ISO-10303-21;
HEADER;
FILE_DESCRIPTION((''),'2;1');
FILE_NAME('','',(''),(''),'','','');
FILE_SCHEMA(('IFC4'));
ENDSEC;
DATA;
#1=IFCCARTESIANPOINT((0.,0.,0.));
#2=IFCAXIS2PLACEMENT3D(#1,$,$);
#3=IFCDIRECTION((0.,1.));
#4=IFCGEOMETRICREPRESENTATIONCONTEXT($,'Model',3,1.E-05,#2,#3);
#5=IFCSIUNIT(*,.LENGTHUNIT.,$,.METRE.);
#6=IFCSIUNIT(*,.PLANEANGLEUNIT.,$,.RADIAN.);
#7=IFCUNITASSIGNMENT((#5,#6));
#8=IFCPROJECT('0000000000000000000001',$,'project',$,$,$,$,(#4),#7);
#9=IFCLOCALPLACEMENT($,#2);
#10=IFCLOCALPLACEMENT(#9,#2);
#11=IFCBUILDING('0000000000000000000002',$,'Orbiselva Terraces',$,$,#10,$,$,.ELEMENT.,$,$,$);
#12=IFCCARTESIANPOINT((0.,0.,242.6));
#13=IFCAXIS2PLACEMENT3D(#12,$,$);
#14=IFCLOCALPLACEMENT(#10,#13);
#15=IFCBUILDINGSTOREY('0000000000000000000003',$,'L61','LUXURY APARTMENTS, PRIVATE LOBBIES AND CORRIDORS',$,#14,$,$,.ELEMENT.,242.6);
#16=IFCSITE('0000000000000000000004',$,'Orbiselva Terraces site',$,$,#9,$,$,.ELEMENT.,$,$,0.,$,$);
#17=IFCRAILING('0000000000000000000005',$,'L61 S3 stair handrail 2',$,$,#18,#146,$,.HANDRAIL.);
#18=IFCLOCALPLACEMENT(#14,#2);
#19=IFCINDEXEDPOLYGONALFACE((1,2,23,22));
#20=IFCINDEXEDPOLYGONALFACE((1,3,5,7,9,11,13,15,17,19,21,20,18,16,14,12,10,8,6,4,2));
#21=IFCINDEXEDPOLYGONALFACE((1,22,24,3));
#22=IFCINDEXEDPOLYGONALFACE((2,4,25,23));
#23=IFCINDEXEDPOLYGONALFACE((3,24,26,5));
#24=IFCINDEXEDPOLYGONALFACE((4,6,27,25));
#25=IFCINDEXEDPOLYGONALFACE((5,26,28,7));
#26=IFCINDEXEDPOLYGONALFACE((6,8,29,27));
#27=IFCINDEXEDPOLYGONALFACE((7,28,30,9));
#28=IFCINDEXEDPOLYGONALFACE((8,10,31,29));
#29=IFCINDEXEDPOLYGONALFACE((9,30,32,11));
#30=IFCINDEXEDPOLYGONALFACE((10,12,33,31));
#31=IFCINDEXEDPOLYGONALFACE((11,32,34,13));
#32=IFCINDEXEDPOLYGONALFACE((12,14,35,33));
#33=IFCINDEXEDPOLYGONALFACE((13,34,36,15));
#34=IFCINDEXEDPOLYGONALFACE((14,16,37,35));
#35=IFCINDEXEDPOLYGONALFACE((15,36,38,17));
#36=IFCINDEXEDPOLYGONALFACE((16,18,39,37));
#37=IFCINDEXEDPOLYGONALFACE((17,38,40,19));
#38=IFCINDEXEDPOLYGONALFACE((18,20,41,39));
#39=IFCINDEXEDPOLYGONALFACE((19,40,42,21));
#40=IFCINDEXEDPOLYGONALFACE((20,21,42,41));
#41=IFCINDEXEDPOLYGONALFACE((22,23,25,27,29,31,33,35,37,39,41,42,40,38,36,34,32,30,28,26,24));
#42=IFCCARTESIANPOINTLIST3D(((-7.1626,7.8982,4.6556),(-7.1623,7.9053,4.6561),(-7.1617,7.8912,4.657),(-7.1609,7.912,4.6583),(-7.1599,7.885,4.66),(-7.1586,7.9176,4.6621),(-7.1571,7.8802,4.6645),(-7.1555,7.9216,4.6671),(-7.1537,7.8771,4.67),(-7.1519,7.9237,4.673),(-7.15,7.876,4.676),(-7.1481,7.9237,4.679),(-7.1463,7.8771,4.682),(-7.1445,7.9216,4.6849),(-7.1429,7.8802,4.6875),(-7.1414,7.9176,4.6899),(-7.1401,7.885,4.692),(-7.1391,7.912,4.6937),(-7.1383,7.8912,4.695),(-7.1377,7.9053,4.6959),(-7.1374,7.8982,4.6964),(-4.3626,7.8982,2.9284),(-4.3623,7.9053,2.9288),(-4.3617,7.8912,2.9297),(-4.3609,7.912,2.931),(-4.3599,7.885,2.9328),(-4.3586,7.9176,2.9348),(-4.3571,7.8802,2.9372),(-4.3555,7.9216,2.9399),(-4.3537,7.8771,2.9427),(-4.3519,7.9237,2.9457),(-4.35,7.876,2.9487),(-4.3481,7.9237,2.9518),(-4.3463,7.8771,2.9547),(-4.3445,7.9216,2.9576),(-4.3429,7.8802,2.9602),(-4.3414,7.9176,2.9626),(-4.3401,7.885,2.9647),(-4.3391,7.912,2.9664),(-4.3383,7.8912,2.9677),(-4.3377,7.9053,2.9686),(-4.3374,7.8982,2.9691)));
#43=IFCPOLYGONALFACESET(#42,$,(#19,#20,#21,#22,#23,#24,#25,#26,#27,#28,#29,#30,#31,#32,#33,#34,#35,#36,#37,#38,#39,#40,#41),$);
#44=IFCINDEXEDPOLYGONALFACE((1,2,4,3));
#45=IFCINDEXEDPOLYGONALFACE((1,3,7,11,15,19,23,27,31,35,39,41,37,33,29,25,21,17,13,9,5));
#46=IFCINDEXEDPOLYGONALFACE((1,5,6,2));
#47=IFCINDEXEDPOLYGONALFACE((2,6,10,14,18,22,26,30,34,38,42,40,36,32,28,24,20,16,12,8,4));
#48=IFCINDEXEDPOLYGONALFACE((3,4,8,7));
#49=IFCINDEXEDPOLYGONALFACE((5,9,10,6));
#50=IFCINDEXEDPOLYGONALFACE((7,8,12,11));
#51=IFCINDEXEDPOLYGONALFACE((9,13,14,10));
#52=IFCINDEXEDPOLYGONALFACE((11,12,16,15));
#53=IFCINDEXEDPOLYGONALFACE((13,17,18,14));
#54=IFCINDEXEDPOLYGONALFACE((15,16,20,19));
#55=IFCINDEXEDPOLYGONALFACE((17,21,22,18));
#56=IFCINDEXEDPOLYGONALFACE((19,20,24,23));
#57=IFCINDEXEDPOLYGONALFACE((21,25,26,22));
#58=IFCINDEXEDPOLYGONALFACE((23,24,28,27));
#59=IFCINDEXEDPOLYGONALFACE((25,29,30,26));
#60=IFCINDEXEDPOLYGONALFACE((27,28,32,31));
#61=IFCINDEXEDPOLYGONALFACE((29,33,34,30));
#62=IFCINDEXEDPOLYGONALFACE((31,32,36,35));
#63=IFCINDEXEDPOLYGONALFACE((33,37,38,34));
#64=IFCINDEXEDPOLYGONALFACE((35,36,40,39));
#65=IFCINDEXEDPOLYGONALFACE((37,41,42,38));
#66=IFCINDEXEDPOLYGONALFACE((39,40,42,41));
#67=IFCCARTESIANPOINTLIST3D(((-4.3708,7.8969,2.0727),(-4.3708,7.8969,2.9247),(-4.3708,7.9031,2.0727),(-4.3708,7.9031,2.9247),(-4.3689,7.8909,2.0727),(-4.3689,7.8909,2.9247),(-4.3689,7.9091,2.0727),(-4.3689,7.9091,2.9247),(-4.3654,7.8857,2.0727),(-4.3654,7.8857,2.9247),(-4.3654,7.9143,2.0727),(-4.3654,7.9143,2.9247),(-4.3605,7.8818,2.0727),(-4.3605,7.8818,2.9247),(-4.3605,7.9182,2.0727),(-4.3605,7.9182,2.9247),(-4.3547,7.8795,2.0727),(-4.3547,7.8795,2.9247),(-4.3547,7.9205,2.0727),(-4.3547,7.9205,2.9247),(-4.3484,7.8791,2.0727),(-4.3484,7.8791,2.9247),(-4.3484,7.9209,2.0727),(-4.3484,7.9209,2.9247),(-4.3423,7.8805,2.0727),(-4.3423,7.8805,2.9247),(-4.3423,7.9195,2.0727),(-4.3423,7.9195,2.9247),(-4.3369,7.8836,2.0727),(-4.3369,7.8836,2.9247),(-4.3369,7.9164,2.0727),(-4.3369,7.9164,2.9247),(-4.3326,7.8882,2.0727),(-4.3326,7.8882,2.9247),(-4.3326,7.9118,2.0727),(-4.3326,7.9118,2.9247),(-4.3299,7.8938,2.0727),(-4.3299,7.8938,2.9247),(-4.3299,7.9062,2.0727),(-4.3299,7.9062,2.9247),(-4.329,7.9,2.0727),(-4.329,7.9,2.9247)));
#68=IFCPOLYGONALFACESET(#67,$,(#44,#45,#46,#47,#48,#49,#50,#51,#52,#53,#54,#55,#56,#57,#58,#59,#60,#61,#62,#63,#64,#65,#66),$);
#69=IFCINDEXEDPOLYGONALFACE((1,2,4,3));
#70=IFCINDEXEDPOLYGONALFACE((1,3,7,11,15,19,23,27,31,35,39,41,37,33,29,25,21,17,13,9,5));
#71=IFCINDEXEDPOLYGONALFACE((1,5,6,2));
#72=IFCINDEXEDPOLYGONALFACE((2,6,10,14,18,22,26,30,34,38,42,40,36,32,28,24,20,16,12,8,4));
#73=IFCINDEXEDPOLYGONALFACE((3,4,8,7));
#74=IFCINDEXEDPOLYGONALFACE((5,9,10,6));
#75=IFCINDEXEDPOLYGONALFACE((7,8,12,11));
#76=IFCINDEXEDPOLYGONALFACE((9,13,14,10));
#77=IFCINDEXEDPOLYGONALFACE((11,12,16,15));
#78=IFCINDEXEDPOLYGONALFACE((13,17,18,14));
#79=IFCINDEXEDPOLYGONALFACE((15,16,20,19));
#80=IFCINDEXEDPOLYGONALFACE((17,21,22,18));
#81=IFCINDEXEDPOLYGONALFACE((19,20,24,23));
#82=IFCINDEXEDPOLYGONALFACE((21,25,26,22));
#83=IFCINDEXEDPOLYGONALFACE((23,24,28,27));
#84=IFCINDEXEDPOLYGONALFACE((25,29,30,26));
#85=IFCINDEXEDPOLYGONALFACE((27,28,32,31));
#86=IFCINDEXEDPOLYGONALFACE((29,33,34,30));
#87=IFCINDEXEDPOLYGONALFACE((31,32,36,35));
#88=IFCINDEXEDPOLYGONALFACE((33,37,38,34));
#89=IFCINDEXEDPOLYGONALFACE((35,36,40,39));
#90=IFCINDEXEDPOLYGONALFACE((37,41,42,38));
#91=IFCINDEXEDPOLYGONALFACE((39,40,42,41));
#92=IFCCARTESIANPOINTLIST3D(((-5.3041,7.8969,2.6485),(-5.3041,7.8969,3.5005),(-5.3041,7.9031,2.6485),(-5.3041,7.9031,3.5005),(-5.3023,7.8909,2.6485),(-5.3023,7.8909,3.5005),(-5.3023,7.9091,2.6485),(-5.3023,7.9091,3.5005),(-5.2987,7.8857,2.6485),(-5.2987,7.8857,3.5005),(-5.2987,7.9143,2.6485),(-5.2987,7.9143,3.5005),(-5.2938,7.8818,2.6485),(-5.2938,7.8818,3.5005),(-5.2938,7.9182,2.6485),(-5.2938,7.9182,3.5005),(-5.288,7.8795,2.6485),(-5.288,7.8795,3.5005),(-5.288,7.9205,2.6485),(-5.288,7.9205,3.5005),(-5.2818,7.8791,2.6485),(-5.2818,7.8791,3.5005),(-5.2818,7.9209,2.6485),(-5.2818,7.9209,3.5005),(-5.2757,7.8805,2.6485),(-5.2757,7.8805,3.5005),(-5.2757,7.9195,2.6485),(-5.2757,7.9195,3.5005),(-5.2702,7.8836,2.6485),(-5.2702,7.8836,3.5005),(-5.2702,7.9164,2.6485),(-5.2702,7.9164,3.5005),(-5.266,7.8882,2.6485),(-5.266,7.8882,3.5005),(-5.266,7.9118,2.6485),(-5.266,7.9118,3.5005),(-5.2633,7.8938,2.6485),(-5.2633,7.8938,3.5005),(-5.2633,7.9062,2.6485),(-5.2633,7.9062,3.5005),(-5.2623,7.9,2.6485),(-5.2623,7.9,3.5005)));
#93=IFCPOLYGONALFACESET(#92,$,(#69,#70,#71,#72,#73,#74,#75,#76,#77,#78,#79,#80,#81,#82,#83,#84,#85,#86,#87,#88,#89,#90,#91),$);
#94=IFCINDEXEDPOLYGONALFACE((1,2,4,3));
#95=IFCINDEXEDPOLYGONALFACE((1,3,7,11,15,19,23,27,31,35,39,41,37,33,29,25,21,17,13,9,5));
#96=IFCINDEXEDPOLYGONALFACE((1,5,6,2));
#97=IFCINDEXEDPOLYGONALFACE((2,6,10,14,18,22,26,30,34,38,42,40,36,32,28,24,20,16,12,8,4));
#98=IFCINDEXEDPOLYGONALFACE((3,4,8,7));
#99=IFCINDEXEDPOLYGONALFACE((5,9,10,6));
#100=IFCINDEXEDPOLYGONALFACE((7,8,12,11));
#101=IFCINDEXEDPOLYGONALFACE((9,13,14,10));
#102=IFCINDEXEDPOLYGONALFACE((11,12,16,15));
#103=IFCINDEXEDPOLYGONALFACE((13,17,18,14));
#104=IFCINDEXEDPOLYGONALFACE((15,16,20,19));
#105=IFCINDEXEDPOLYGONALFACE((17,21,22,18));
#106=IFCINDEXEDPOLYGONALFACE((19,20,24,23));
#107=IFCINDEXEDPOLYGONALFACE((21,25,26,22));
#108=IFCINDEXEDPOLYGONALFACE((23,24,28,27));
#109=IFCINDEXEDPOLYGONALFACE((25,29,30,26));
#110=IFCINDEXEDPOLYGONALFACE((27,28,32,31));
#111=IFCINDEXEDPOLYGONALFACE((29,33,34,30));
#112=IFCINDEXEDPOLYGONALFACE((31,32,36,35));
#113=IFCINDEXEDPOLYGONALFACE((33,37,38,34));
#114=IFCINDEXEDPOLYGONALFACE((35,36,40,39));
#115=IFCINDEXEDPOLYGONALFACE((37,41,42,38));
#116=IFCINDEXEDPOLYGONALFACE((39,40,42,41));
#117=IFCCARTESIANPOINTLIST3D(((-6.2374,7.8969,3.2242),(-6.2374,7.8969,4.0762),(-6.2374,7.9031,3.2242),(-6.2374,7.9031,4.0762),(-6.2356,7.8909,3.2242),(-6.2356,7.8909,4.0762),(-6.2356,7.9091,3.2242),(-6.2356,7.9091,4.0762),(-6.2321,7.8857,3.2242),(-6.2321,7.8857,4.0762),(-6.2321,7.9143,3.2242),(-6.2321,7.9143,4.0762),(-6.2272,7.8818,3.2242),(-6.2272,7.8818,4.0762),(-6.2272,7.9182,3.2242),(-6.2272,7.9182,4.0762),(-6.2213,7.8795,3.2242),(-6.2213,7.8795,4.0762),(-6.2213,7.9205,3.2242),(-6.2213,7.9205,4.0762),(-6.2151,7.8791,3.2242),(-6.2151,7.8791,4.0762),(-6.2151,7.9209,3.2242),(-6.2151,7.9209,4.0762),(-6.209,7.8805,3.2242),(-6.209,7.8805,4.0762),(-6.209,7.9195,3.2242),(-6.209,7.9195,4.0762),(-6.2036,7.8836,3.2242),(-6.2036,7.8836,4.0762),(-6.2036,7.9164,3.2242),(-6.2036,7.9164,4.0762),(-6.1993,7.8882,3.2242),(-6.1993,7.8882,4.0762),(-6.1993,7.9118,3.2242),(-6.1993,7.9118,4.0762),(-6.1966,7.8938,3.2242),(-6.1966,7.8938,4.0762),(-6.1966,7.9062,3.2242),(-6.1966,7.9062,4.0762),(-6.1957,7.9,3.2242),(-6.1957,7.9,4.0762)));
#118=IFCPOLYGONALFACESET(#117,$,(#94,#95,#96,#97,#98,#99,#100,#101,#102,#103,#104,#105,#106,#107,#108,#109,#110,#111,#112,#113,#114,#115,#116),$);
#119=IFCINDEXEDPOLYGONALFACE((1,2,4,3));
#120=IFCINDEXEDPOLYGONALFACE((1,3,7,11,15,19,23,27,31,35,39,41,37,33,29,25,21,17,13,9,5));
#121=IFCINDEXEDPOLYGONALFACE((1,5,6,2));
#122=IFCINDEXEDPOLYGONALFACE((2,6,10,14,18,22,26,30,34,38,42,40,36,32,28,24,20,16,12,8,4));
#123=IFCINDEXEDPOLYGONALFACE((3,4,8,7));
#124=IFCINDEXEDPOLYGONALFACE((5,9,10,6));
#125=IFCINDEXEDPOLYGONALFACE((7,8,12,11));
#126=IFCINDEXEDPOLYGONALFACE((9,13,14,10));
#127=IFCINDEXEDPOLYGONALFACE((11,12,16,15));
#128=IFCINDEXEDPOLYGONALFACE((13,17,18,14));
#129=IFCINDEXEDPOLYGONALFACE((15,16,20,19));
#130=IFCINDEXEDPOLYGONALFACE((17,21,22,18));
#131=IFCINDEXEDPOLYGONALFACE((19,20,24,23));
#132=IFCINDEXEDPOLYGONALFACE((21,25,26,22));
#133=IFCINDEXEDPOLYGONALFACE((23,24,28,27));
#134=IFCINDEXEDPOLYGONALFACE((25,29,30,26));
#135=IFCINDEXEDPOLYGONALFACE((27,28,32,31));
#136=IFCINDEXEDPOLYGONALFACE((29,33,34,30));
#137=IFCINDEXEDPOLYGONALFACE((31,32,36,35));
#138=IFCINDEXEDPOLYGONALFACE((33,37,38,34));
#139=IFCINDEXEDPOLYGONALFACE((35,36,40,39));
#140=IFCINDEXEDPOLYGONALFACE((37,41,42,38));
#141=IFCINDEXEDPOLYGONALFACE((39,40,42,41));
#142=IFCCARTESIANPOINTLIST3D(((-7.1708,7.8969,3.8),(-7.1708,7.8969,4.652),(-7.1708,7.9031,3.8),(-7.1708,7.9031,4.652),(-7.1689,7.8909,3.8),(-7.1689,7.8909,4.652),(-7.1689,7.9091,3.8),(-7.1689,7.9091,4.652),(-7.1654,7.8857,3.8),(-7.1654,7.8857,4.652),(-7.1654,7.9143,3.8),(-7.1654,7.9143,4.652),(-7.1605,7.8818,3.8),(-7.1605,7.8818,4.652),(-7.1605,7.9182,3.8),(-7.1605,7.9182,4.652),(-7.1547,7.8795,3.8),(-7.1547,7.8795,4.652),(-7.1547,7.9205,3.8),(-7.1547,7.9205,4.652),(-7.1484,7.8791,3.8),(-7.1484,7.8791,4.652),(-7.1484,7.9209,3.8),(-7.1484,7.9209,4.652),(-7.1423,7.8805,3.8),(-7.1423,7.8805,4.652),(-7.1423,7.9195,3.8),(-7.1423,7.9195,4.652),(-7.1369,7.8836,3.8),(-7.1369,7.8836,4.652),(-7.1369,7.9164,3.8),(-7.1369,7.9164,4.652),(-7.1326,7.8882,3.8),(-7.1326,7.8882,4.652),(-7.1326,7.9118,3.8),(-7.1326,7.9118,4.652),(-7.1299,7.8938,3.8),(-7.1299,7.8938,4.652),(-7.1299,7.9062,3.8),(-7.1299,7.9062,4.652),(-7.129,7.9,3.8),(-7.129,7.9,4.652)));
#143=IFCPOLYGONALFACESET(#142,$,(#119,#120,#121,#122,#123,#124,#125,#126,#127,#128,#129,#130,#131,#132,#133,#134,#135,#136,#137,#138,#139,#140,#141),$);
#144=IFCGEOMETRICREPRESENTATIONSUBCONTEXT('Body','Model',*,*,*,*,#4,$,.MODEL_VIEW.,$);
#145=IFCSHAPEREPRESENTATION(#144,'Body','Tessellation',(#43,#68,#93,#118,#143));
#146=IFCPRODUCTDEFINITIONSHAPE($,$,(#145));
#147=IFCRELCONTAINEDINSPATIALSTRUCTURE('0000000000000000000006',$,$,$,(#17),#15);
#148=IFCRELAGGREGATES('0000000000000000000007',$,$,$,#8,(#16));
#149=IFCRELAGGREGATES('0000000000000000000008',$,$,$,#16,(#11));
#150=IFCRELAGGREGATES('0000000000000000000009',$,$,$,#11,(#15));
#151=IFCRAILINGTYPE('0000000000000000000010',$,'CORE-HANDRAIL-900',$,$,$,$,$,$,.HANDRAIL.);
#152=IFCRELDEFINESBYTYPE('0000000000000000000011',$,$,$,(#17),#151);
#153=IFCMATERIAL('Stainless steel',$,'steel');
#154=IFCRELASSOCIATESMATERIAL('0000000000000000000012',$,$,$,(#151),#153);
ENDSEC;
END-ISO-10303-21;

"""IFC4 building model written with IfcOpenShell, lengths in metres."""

from ifc_helpers import new_model, si_unit, direction, frame, origin, origin_2d, place, context, subcontext, project, spatial, circle, extrude, material, type_object, element, save


model = new_model("IFC4")

# Units and contexts
model_context = context("Model", 3, precision=1e-05, world=origin(), true_north=direction((0.0, 1.0)))
body_context = subcontext(model_context, "Body", "Model", "MODEL_VIEW")
ifc_project = project(units=[si_unit("LENGTHUNIT", "METRE"), si_unit("PLANEANGLEUNIT", "RADIAN")], contexts=[model_context])

# Site, building, storey
site_placement = place(None, origin())
site = spatial("IfcSite", under=ifc_project, at=site_placement, Name="Orbiselva Terraces site", CompositionType="ELEMENT", RefElevation=0.0)
building_placement = place(site_placement, origin())
building = spatial("IfcBuilding", under=site, at=building_placement, Name="Orbiselva Terraces", CompositionType="ELEMENT")
storey_placement = place(building_placement, frame((0.0, 0.0, 242.6)))
storey = spatial("IfcBuildingStorey", under=building, at=storey_placement, Name="L61", Description="LUXURY APARTMENTS, PRIVATE LOBBIES AND CORRIDORS", CompositionType="ELEMENT", Elevation=242.6)

# Railing
ifc_material_1 = material(Name="Stainless steel", Category="steel")
railing_type_1 = type_object("IfcRailingType", Name="CORE-HANDRAIL-900", PredefinedType="HANDRAIL", material=ifc_material_1)
railing_1_placement = place(storey_placement, frame((-4.35, 7.9, 2.0727)))
element("IfcRailing", 1, at=railing_1_placement, inside=storey, type_object=railing_type_1, Name="L61 S3 stair handrail 2", PredefinedType="HANDRAIL", context=body_context, shape_type="SweptSolid", body=[
    extrude(circle(Radius=0.024, at=origin_2d()), frame((0.0, 0.0, 0.876), z_axis=(-0.851089, 0.0, 0.525022), x_axis=(0.0, -1.0, 0.0)), (0.0, 0.0, 1.0), 3.2899),
    extrude(circle(Radius=0.021, at=origin_2d()), origin(), (0.0, 0.0, 1.0), 0.852),
    extrude(circle(Radius=0.021, at=origin_2d()), frame((-0.9333, 0.0, 0.5758)), (0.0, 0.0, 1.0), 0.852),
    extrude(circle(Radius=0.021, at=origin_2d()), frame((-1.8667, 0.0, 1.1515)), (0.0, 0.0, 1.0), 0.852),
    extrude(circle(Radius=0.021, at=origin_2d()), frame((-2.8, 0.0, 1.7273)), (0.0, 0.0, 1.0), 0.852),
])

save(model, "model.ifc")
